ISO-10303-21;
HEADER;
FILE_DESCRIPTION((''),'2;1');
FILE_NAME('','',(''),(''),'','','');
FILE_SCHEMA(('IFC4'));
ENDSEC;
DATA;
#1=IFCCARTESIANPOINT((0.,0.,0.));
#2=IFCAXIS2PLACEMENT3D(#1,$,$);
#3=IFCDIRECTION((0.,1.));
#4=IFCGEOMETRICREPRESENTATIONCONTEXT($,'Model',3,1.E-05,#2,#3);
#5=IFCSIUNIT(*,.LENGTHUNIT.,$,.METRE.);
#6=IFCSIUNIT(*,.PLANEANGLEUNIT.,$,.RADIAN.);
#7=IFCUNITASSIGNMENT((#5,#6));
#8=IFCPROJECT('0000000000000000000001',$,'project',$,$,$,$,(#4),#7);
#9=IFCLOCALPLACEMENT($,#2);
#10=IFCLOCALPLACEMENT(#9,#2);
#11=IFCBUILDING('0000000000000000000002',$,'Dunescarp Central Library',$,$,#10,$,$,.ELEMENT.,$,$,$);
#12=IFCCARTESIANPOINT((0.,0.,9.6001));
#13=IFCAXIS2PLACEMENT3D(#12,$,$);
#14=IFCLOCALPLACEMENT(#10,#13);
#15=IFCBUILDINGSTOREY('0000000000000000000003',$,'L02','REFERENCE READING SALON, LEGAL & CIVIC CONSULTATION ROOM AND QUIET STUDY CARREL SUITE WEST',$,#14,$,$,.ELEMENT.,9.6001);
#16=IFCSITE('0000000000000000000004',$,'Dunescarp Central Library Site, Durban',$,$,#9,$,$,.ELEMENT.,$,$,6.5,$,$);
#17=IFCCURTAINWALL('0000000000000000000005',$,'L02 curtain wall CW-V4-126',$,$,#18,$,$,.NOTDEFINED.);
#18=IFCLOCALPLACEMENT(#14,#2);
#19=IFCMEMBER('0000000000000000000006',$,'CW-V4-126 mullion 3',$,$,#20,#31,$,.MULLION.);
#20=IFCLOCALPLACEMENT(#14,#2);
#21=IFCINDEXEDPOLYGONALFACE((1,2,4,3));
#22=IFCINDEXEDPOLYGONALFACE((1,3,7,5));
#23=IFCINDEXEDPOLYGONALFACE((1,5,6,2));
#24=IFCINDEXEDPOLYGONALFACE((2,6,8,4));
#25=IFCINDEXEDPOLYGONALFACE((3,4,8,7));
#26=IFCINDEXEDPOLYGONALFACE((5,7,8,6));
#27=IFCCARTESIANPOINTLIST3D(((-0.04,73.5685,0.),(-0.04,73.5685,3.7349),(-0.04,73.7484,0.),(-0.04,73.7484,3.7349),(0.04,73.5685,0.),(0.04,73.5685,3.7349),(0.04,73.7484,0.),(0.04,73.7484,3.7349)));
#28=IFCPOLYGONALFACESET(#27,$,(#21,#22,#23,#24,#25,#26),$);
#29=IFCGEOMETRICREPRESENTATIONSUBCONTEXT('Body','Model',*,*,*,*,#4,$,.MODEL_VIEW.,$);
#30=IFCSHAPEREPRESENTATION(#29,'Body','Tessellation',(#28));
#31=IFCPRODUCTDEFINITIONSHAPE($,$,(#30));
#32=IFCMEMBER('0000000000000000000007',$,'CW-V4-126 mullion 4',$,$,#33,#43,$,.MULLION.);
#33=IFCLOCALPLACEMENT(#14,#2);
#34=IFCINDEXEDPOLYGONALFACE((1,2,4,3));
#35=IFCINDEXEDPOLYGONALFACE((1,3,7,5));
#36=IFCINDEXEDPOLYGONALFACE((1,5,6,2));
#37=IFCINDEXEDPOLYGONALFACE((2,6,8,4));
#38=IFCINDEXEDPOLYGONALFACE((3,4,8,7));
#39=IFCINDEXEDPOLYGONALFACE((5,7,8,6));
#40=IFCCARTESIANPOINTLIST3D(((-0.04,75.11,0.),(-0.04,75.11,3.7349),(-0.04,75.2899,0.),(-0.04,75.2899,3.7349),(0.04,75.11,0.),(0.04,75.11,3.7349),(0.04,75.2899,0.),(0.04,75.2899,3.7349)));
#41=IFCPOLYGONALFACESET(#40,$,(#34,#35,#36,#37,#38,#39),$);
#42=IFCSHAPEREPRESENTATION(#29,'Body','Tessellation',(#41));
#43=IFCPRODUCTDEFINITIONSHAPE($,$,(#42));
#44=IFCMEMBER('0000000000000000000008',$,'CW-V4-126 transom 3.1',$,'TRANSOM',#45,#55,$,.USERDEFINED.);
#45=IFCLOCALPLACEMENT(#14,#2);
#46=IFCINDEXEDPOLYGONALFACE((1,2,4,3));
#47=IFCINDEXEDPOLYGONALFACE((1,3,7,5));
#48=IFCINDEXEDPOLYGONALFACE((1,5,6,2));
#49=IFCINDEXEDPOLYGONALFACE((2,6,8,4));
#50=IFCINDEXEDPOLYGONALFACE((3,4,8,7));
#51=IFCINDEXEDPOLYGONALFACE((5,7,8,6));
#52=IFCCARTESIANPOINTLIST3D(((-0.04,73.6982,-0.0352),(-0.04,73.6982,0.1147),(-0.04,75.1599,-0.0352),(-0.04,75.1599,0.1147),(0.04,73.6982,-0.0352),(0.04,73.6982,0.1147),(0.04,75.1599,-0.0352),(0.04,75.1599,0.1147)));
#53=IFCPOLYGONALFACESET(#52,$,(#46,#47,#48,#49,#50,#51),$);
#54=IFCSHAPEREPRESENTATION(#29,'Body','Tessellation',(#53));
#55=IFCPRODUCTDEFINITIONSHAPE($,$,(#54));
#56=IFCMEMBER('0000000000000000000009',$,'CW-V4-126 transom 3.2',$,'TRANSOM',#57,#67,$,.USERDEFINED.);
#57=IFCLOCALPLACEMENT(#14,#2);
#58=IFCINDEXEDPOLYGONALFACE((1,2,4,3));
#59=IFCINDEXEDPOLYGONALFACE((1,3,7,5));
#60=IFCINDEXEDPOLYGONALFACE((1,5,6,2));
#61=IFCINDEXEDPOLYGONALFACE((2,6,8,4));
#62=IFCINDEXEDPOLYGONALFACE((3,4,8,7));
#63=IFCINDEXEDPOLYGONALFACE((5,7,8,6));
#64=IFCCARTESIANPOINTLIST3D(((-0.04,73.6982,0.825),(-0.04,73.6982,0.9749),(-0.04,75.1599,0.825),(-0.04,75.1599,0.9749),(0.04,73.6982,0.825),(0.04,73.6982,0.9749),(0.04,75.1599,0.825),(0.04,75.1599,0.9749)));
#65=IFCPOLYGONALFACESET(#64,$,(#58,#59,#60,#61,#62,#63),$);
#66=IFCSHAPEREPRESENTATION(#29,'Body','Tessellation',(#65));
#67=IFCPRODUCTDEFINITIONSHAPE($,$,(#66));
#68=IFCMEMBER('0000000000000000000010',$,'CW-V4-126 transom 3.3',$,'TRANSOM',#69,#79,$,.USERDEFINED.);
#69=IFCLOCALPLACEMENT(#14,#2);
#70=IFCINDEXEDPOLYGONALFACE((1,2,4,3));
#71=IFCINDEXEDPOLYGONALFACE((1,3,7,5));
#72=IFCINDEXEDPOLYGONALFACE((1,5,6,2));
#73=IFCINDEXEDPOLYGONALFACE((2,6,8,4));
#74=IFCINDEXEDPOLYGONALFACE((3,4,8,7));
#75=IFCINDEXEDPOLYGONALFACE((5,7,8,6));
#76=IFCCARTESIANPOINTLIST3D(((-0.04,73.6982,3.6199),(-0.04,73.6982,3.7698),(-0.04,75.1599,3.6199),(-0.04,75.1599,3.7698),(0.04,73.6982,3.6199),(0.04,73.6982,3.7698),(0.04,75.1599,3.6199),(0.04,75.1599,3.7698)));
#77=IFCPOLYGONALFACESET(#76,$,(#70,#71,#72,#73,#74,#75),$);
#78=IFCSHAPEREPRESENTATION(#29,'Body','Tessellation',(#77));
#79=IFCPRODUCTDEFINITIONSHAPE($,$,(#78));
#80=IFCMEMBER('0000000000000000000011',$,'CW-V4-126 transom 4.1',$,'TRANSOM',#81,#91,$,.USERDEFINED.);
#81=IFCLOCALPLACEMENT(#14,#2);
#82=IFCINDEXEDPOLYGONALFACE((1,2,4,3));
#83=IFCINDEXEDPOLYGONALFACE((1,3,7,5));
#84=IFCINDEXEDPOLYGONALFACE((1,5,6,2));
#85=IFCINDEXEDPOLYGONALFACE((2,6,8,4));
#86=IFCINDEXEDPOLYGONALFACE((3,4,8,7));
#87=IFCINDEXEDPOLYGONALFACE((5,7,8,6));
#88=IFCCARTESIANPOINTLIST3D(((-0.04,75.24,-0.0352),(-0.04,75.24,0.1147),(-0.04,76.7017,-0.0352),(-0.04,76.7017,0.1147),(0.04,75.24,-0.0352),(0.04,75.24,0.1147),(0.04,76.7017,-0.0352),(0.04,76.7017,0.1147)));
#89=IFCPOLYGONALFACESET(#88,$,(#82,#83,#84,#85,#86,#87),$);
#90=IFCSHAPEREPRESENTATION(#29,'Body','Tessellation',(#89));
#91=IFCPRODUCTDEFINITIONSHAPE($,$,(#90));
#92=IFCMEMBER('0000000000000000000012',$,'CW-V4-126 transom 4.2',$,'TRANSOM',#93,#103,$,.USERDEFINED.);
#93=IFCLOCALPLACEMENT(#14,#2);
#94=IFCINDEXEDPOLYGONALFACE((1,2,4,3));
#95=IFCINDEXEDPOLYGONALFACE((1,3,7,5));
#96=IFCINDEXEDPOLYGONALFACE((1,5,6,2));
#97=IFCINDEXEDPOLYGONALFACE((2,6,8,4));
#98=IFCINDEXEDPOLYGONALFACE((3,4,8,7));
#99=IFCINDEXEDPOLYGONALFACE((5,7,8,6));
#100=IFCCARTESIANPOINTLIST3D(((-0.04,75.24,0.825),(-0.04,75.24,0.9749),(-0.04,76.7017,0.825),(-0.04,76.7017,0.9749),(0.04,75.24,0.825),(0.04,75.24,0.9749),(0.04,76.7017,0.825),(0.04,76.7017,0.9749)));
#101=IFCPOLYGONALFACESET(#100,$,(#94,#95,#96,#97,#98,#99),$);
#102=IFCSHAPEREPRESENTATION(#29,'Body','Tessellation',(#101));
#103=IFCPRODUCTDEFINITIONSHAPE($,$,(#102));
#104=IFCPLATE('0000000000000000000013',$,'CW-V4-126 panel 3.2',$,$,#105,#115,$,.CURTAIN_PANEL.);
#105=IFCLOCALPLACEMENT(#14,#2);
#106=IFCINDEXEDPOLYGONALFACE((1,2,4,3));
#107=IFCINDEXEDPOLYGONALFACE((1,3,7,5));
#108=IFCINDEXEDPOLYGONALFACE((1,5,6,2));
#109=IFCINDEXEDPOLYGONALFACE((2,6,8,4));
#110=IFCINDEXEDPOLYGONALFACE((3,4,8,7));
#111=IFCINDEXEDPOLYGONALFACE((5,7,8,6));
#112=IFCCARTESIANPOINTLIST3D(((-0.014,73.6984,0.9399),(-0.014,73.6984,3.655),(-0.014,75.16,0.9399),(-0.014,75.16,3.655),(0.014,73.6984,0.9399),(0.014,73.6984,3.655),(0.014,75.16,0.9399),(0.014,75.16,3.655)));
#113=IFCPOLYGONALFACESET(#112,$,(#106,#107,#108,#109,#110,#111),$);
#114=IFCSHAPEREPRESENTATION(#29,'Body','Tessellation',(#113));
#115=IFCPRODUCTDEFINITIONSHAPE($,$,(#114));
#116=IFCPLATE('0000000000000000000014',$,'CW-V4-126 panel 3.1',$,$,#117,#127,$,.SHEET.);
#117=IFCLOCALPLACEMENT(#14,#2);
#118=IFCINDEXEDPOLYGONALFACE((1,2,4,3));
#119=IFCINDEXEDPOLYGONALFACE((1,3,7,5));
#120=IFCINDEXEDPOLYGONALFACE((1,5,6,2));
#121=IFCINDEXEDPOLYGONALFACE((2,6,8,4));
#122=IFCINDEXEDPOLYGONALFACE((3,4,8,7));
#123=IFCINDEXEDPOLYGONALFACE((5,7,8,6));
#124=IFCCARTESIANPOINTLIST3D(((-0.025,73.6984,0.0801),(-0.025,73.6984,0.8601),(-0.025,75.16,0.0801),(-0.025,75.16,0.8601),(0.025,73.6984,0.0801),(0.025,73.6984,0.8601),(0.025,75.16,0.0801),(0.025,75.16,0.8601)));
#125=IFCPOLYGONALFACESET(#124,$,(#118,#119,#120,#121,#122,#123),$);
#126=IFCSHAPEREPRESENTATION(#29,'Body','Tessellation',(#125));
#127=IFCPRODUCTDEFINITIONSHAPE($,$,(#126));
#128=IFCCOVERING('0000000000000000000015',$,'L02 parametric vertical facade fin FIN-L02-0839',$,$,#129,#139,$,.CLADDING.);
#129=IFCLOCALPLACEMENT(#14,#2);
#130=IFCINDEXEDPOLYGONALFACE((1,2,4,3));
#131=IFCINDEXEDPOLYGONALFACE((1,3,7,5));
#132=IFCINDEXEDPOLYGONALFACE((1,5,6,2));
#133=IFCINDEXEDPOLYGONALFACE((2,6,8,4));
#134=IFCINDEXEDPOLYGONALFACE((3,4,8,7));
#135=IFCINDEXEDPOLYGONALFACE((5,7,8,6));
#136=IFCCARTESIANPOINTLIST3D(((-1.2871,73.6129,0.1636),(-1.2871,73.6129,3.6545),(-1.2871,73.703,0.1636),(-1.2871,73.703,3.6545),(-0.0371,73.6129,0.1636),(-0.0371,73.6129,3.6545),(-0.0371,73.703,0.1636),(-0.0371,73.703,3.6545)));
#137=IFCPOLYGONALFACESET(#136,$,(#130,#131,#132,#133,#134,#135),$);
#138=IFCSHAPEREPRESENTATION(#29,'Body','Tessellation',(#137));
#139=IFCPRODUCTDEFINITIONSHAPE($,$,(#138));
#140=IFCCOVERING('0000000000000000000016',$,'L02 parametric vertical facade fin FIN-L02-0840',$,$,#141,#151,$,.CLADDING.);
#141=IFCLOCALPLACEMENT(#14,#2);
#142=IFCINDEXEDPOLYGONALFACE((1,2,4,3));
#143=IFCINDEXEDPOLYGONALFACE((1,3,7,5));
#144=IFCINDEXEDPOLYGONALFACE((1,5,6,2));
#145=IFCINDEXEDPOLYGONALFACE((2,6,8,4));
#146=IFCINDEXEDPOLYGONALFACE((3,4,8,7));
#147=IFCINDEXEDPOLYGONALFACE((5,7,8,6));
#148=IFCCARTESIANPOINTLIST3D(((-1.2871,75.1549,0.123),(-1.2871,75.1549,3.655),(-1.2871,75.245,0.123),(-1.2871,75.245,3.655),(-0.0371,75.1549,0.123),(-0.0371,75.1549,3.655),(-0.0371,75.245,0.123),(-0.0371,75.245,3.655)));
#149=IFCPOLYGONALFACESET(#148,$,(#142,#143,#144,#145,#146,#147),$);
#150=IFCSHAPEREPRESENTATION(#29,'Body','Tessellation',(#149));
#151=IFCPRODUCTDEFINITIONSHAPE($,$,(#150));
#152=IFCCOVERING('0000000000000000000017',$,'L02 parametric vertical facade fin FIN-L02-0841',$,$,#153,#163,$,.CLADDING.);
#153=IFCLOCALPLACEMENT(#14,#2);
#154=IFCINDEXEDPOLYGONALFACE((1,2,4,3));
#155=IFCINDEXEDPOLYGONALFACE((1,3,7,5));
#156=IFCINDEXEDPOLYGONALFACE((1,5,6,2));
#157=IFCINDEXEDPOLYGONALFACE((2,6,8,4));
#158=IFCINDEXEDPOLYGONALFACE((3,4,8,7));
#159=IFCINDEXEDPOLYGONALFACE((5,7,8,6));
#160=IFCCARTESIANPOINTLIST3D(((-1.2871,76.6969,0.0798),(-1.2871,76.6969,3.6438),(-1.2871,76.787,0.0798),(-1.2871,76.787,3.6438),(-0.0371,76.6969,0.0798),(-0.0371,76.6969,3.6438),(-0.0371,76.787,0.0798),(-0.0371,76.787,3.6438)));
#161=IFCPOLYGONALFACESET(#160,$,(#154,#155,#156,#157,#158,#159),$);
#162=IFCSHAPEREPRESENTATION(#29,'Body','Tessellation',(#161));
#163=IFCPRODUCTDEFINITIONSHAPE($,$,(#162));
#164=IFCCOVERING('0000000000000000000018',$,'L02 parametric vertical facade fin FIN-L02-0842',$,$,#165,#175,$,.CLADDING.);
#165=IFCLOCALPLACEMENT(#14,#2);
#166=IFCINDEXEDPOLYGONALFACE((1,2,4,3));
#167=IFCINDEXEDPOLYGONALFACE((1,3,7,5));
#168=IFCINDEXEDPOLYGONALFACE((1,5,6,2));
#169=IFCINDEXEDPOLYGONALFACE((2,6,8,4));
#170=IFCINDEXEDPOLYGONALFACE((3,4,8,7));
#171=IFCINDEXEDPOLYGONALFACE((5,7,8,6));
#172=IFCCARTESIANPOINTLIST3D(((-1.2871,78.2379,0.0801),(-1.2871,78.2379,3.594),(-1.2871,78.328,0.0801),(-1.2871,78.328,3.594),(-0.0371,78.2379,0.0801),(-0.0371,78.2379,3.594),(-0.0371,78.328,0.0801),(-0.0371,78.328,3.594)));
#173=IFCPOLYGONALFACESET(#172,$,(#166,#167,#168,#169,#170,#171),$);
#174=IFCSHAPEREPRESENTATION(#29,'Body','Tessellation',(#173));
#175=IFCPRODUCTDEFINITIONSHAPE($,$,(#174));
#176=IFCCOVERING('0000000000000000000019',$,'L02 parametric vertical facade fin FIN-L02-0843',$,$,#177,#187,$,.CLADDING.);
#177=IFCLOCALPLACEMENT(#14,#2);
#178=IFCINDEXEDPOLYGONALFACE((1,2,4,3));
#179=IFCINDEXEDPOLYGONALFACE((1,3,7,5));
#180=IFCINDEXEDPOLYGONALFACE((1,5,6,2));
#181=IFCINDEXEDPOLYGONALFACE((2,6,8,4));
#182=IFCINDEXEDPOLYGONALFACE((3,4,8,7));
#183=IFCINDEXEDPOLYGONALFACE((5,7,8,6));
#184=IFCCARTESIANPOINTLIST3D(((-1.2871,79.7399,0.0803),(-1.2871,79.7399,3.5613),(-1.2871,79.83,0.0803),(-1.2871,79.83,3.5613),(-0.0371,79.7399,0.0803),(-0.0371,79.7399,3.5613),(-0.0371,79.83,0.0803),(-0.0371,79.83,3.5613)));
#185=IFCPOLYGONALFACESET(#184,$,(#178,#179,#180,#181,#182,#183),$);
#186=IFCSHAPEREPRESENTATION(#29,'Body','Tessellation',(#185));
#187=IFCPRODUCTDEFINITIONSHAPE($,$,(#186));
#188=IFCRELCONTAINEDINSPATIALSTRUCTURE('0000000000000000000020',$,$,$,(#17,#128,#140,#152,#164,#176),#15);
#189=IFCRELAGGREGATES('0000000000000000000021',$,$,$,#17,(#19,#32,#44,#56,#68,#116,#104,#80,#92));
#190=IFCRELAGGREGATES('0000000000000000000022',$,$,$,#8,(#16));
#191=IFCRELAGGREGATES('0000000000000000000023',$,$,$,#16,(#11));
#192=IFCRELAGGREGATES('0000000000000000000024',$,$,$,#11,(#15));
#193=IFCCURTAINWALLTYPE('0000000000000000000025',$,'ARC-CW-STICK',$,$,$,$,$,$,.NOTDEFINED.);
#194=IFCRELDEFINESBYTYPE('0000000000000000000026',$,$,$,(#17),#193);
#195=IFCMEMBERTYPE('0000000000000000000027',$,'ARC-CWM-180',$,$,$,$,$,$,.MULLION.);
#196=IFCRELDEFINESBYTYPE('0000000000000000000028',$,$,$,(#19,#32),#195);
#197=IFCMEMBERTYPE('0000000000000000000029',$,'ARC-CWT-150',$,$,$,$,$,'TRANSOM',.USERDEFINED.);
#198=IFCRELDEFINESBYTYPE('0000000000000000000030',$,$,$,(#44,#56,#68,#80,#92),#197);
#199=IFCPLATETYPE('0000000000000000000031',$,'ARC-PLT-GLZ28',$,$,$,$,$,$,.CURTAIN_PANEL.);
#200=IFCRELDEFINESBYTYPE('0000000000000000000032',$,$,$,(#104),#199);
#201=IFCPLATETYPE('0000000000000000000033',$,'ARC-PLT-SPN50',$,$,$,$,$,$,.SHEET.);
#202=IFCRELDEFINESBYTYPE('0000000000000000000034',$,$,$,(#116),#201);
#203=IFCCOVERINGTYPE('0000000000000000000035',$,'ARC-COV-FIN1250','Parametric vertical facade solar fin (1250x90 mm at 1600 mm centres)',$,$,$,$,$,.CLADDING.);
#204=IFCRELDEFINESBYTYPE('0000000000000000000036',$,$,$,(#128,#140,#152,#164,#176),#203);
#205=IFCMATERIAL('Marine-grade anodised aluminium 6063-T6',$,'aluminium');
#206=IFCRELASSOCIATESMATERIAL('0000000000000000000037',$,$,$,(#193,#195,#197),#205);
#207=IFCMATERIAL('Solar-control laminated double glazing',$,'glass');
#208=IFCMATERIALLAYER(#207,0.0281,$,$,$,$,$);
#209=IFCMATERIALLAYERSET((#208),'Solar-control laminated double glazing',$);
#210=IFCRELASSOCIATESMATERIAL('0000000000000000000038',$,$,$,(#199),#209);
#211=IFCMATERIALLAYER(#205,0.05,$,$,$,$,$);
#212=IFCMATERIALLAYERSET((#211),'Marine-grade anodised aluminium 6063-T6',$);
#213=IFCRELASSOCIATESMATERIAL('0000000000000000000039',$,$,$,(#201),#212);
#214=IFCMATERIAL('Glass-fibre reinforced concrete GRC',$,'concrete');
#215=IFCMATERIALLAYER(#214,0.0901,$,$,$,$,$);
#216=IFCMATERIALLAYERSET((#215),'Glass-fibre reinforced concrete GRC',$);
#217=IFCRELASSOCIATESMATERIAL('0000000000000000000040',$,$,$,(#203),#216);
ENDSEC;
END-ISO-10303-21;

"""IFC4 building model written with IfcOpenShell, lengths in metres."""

from ifc_helpers import new_model, si_unit, direction, frame, origin, origin_2d, place, context, subcontext, project, spatial, rectangle, extrude, material, layer, layer_set, material_profile, profile_set, type_object, element, aggregate, save


model = new_model("IFC4")

# Units and contexts
model_context = context("Model", 3, precision=1e-05, world=origin(), true_north=direction((0.0, 1.0)))
body_context = subcontext(model_context, "Body", "Model", "MODEL_VIEW")
ifc_project = project(units=[si_unit("LENGTHUNIT", "METRE"), si_unit("PLANEANGLEUNIT", "RADIAN")], contexts=[model_context])

# Site, building, storey
site_placement = place(None, origin())
site = spatial("IfcSite", under=ifc_project, at=site_placement, Name="Dunescarp Central Library Site, Durban", CompositionType="ELEMENT", RefElevation=6.5)
building_placement = place(site_placement, origin())
building = spatial("IfcBuilding", under=site, at=building_placement, Name="Dunescarp Central Library", CompositionType="ELEMENT")
storey_placement = place(building_placement, frame((0.0, 0.0, 9.6001)))
storey = spatial("IfcBuildingStorey", under=building, at=storey_placement, Name="L02", Description="REFERENCE READING SALON, LEGAL & CIVIC CONSULTATION ROOM AND QUIET STUDY CARREL SUITE WEST", CompositionType="ELEMENT", Elevation=9.6001)

# Curtain wall, members, plates
ifc_material_1 = material(Name="Marine-grade anodised aluminium 6063-T6", Category="aluminium")
curtain_wall_type = type_object("IfcCurtainWallType", Name="ARC-CW-STICK", PredefinedType="NOTDEFINED", material=ifc_material_1)
curtain_wall_placement = place(storey_placement, origin())
curtain_wall = element("IfcCurtainWall", 1, at=curtain_wall_placement, inside=storey, type_object=curtain_wall_type, Name="L02 curtain wall CW-V4-126", PredefinedType="NOTDEFINED")
ifc_material_profile_1 = material_profile(ifc_material_1, rectangle(XDim=0.0801, YDim=0.1799, at=origin_2d()), Name="AL 80x180")
ifc_profile_set_1 = profile_set([ifc_material_profile_1], Name="Marine-grade anodised aluminium 6063-T6")
member_type_1 = type_object("IfcMemberType", Name="ARC-CWM-180", PredefinedType="MULLION", material=ifc_profile_set_1)
member_1_placement = place(storey_placement, frame((0.0, 73.6584, 0.0), z_axis=(0.0, 0.0, 1.0), x_axis=(-1.0, 0.0, 0.0)))
member_1 = element("IfcMember", 2, at=member_1_placement, type_object=member_type_1, Name="CW-V4-126 mullion 3", PredefinedType="MULLION", context=body_context, shape_type="SweptSolid", body=[
    extrude(rectangle(XDim=0.0801, YDim=0.1799, at=origin_2d()), origin(), (0.0, 0.0, 1.0), 3.7349),
])
member_2_placement = place(storey_placement, frame((0.0, 75.2, 0.0), z_axis=(0.0, 0.0, 1.0), x_axis=(-1.0, 0.0, 0.0)))
member_2 = element("IfcMember", 3, at=member_2_placement, type_object=member_type_1, Name="CW-V4-126 mullion 4", PredefinedType="MULLION", context=body_context, shape_type="SweptSolid", body=[
    extrude(rectangle(XDim=0.0801, YDim=0.1799, at=origin_2d()), origin(), (0.0, 0.0, 1.0), 3.7349),
])
ifc_material_profile_2 = material_profile(ifc_material_1, rectangle(XDim=0.0801, YDim=0.1499, at=origin_2d()), Name="AL 80x150")
ifc_profile_set_2 = profile_set([ifc_material_profile_2], Name="Marine-grade anodised aluminium 6063-T6")
member_type_2 = type_object("IfcMemberType", Name="ARC-CWT-150", ElementType="TRANSOM", PredefinedType="USERDEFINED", material=ifc_profile_set_2)
member_3_placement = place(storey_placement, frame((0.0, 73.6982, 0.0398), z_axis=(0.0, 1.0, 0.0), x_axis=(-1.0, 0.0, 0.0)))
member_3 = element("IfcMember", 4, at=member_3_placement, type_object=member_type_2, Name="CW-V4-126 transom 3.1", ObjectType="TRANSOM", PredefinedType="USERDEFINED", context=body_context, shape_type="SweptSolid", body=[
    extrude(rectangle(XDim=0.0801, YDim=0.1499, at=origin_2d()), origin(), (0.0, 0.0, 1.0), 1.4617),
])
member_4_placement = place(storey_placement, frame((0.0, 73.6982, 0.8999), z_axis=(0.0, 1.0, 0.0), x_axis=(-1.0, 0.0, 0.0)))
member_4 = element("IfcMember", 5, at=member_4_placement, type_object=member_type_2, Name="CW-V4-126 transom 3.2", ObjectType="TRANSOM", PredefinedType="USERDEFINED", context=body_context, shape_type="SweptSolid", body=[
    extrude(rectangle(XDim=0.0801, YDim=0.1499, at=origin_2d()), origin(), (0.0, 0.0, 1.0), 1.4617),
])
member_5_placement = place(storey_placement, frame((0.0, 73.6982, 3.6948), z_axis=(0.0, 1.0, 0.0), x_axis=(-1.0, 0.0, 0.0)))
member_5 = element("IfcMember", 6, at=member_5_placement, type_object=member_type_2, Name="CW-V4-126 transom 3.3", ObjectType="TRANSOM", PredefinedType="USERDEFINED", context=body_context, shape_type="SweptSolid", body=[
    extrude(rectangle(XDim=0.0801, YDim=0.1499, at=origin_2d()), origin(), (0.0, 0.0, 1.0), 1.4617),
])
member_6_placement = place(storey_placement, frame((0.0, 75.24, 0.0398), z_axis=(0.0, 1.0, 0.0), x_axis=(-1.0, 0.0, 0.0)))
member_6 = element("IfcMember", 7, at=member_6_placement, type_object=member_type_2, Name="CW-V4-126 transom 4.1", ObjectType="TRANSOM", PredefinedType="USERDEFINED", context=body_context, shape_type="SweptSolid", body=[
    extrude(rectangle(XDim=0.0801, YDim=0.1499, at=origin_2d()), origin(), (0.0, 0.0, 1.0), 1.4617),
])
member_7_placement = place(storey_placement, frame((0.0, 75.24, 0.8999), z_axis=(0.0, 1.0, 0.0), x_axis=(-1.0, 0.0, 0.0)))
member_7 = element("IfcMember", 8, at=member_7_placement, type_object=member_type_2, Name="CW-V4-126 transom 4.2", ObjectType="TRANSOM", PredefinedType="USERDEFINED", context=body_context, shape_type="SweptSolid", body=[
    extrude(rectangle(XDim=0.0801, YDim=0.1499, at=origin_2d()), origin(), (0.0, 0.0, 1.0), 1.4617),
])
ifc_material_2 = material(Name="Solar-control laminated double glazing", Category="glass")
ifc_layer_1 = layer(ifc_material_2, 0.0281)
ifc_layer_set_1 = layer_set([ifc_layer_1], Name="Solar-control laminated double glazing")
plate_type_1 = type_object("IfcPlateType", Name="ARC-PLT-GLZ28", PredefinedType="CURTAIN_PANEL", material=ifc_layer_set_1)
plate_1_placement = place(storey_placement, frame((0.0, 74.4292, 0.9399), z_axis=(0.0, 0.0, 1.0), x_axis=(0.0, 1.0, 0.0)))
plate_1 = element("IfcPlate", 9, at=plate_1_placement, type_object=plate_type_1, Name="CW-V4-126 panel 3.2", PredefinedType="CURTAIN_PANEL", context=body_context, shape_type="SweptSolid", body=[
    extrude(rectangle(XDim=1.4617, YDim=0.0281, at=origin_2d()), origin(), (0.0, 0.0, 1.0), 2.7151),
])
ifc_layer_2 = layer(ifc_material_1, 0.05)
ifc_layer_set_2 = layer_set([ifc_layer_2], Name="Marine-grade anodised aluminium 6063-T6")
plate_type_2 = type_object("IfcPlateType", Name="ARC-PLT-SPN50", PredefinedType="SHEET", material=ifc_layer_set_2)
plate_2_placement = place(storey_placement, frame((0.0, 74.4292, 0.0801), z_axis=(0.0, 0.0, 1.0), x_axis=(0.0, 1.0, 0.0)))
plate_2 = element("IfcPlate", 10, at=plate_2_placement, type_object=plate_type_2, Name="CW-V4-126 panel 3.1", PredefinedType="SHEET", context=body_context, shape_type="SweptSolid", body=[
    extrude(rectangle(XDim=1.4617, YDim=0.05, at=origin_2d()), origin(), (0.0, 0.0, 1.0), 0.78),
])
aggregate(curtain_wall, [member_1, member_2, member_3, member_4, member_5, plate_2, plate_1, member_6, member_7])

# Coverings
ifc_material_3 = material(Name="Glass-fibre reinforced concrete GRC", Category="concrete")
ifc_layer_3 = layer(ifc_material_3, 0.0901)
ifc_layer_set_3 = layer_set([ifc_layer_3], Name="Glass-fibre reinforced concrete GRC")
covering_type = type_object("IfcCoveringType", Name="ARC-COV-FIN1250", Description="Parametric vertical facade solar fin (1250x90 mm at 1600 mm centres)", PredefinedType="CLADDING", material=ifc_layer_set_3)
covering_1_placement = place(storey_placement, frame((-0.6621, 73.658, 0.1636), z_axis=(0.0, 0.0, 1.0), x_axis=(-1.0, 0.0, 0.0)))
element("IfcCovering", 11, at=covering_1_placement, inside=storey, type_object=covering_type, Name="L02 parametric vertical facade fin FIN-L02-0839", PredefinedType="CLADDING", context=body_context, shape_type="SweptSolid", body=[
    extrude(rectangle(XDim=1.25, YDim=0.0901, at=origin_2d()), origin(), (0.0, 0.0, 1.0), 3.491),
])
covering_2_placement = place(storey_placement, frame((-0.6621, 75.2, 0.123), z_axis=(0.0, 0.0, 1.0), x_axis=(-1.0, 0.0, 0.0)))
element("IfcCovering", 12, at=covering_2_placement, inside=storey, type_object=covering_type, Name="L02 parametric vertical facade fin FIN-L02-0840", PredefinedType="CLADDING", context=body_context, shape_type="SweptSolid", body=[
    extrude(rectangle(XDim=1.25, YDim=0.0901, at=origin_2d()), origin(), (0.0, 0.0, 1.0), 3.532),
])
covering_3_placement = place(storey_placement, frame((-0.6621, 76.7419, 0.0798), z_axis=(0.0, 0.0, 1.0), x_axis=(-1.0, 0.0, 0.0)))
element("IfcCovering", 13, at=covering_3_placement, inside=storey, type_object=covering_type, Name="L02 parametric vertical facade fin FIN-L02-0841", PredefinedType="CLADDING", context=body_context, shape_type="SweptSolid", body=[
    extrude(rectangle(XDim=1.25, YDim=0.0901, at=origin_2d()), origin(), (0.0, 0.0, 1.0), 3.564),
])
covering_4_placement = place(storey_placement, frame((-0.6621, 78.283, 0.0801), z_axis=(0.0, 0.0, 1.0), x_axis=(-1.0, 0.0, 0.0)))
element("IfcCovering", 14, at=covering_4_placement, inside=storey, type_object=covering_type, Name="L02 parametric vertical facade fin FIN-L02-0842", PredefinedType="CLADDING", context=body_context, shape_type="SweptSolid", body=[
    extrude(rectangle(XDim=1.25, YDim=0.0901, at=origin_2d()), origin(), (0.0, 0.0, 1.0), 3.5139),
])
covering_5_placement = place(storey_placement, frame((-0.6621, 79.7849, 0.0803), z_axis=(0.0, 0.0, 1.0), x_axis=(-1.0, 0.0, 0.0)))
element("IfcCovering", 15, at=covering_5_placement, inside=storey, type_object=covering_type, Name="L02 parametric vertical facade fin FIN-L02-0843", PredefinedType="CLADDING", context=body_context, shape_type="SweptSolid", body=[
    extrude(rectangle(XDim=1.25, YDim=0.0901, at=origin_2d()), origin(), (0.0, 0.0, 1.0), 3.481),
])

save(model, "model.ifc")
